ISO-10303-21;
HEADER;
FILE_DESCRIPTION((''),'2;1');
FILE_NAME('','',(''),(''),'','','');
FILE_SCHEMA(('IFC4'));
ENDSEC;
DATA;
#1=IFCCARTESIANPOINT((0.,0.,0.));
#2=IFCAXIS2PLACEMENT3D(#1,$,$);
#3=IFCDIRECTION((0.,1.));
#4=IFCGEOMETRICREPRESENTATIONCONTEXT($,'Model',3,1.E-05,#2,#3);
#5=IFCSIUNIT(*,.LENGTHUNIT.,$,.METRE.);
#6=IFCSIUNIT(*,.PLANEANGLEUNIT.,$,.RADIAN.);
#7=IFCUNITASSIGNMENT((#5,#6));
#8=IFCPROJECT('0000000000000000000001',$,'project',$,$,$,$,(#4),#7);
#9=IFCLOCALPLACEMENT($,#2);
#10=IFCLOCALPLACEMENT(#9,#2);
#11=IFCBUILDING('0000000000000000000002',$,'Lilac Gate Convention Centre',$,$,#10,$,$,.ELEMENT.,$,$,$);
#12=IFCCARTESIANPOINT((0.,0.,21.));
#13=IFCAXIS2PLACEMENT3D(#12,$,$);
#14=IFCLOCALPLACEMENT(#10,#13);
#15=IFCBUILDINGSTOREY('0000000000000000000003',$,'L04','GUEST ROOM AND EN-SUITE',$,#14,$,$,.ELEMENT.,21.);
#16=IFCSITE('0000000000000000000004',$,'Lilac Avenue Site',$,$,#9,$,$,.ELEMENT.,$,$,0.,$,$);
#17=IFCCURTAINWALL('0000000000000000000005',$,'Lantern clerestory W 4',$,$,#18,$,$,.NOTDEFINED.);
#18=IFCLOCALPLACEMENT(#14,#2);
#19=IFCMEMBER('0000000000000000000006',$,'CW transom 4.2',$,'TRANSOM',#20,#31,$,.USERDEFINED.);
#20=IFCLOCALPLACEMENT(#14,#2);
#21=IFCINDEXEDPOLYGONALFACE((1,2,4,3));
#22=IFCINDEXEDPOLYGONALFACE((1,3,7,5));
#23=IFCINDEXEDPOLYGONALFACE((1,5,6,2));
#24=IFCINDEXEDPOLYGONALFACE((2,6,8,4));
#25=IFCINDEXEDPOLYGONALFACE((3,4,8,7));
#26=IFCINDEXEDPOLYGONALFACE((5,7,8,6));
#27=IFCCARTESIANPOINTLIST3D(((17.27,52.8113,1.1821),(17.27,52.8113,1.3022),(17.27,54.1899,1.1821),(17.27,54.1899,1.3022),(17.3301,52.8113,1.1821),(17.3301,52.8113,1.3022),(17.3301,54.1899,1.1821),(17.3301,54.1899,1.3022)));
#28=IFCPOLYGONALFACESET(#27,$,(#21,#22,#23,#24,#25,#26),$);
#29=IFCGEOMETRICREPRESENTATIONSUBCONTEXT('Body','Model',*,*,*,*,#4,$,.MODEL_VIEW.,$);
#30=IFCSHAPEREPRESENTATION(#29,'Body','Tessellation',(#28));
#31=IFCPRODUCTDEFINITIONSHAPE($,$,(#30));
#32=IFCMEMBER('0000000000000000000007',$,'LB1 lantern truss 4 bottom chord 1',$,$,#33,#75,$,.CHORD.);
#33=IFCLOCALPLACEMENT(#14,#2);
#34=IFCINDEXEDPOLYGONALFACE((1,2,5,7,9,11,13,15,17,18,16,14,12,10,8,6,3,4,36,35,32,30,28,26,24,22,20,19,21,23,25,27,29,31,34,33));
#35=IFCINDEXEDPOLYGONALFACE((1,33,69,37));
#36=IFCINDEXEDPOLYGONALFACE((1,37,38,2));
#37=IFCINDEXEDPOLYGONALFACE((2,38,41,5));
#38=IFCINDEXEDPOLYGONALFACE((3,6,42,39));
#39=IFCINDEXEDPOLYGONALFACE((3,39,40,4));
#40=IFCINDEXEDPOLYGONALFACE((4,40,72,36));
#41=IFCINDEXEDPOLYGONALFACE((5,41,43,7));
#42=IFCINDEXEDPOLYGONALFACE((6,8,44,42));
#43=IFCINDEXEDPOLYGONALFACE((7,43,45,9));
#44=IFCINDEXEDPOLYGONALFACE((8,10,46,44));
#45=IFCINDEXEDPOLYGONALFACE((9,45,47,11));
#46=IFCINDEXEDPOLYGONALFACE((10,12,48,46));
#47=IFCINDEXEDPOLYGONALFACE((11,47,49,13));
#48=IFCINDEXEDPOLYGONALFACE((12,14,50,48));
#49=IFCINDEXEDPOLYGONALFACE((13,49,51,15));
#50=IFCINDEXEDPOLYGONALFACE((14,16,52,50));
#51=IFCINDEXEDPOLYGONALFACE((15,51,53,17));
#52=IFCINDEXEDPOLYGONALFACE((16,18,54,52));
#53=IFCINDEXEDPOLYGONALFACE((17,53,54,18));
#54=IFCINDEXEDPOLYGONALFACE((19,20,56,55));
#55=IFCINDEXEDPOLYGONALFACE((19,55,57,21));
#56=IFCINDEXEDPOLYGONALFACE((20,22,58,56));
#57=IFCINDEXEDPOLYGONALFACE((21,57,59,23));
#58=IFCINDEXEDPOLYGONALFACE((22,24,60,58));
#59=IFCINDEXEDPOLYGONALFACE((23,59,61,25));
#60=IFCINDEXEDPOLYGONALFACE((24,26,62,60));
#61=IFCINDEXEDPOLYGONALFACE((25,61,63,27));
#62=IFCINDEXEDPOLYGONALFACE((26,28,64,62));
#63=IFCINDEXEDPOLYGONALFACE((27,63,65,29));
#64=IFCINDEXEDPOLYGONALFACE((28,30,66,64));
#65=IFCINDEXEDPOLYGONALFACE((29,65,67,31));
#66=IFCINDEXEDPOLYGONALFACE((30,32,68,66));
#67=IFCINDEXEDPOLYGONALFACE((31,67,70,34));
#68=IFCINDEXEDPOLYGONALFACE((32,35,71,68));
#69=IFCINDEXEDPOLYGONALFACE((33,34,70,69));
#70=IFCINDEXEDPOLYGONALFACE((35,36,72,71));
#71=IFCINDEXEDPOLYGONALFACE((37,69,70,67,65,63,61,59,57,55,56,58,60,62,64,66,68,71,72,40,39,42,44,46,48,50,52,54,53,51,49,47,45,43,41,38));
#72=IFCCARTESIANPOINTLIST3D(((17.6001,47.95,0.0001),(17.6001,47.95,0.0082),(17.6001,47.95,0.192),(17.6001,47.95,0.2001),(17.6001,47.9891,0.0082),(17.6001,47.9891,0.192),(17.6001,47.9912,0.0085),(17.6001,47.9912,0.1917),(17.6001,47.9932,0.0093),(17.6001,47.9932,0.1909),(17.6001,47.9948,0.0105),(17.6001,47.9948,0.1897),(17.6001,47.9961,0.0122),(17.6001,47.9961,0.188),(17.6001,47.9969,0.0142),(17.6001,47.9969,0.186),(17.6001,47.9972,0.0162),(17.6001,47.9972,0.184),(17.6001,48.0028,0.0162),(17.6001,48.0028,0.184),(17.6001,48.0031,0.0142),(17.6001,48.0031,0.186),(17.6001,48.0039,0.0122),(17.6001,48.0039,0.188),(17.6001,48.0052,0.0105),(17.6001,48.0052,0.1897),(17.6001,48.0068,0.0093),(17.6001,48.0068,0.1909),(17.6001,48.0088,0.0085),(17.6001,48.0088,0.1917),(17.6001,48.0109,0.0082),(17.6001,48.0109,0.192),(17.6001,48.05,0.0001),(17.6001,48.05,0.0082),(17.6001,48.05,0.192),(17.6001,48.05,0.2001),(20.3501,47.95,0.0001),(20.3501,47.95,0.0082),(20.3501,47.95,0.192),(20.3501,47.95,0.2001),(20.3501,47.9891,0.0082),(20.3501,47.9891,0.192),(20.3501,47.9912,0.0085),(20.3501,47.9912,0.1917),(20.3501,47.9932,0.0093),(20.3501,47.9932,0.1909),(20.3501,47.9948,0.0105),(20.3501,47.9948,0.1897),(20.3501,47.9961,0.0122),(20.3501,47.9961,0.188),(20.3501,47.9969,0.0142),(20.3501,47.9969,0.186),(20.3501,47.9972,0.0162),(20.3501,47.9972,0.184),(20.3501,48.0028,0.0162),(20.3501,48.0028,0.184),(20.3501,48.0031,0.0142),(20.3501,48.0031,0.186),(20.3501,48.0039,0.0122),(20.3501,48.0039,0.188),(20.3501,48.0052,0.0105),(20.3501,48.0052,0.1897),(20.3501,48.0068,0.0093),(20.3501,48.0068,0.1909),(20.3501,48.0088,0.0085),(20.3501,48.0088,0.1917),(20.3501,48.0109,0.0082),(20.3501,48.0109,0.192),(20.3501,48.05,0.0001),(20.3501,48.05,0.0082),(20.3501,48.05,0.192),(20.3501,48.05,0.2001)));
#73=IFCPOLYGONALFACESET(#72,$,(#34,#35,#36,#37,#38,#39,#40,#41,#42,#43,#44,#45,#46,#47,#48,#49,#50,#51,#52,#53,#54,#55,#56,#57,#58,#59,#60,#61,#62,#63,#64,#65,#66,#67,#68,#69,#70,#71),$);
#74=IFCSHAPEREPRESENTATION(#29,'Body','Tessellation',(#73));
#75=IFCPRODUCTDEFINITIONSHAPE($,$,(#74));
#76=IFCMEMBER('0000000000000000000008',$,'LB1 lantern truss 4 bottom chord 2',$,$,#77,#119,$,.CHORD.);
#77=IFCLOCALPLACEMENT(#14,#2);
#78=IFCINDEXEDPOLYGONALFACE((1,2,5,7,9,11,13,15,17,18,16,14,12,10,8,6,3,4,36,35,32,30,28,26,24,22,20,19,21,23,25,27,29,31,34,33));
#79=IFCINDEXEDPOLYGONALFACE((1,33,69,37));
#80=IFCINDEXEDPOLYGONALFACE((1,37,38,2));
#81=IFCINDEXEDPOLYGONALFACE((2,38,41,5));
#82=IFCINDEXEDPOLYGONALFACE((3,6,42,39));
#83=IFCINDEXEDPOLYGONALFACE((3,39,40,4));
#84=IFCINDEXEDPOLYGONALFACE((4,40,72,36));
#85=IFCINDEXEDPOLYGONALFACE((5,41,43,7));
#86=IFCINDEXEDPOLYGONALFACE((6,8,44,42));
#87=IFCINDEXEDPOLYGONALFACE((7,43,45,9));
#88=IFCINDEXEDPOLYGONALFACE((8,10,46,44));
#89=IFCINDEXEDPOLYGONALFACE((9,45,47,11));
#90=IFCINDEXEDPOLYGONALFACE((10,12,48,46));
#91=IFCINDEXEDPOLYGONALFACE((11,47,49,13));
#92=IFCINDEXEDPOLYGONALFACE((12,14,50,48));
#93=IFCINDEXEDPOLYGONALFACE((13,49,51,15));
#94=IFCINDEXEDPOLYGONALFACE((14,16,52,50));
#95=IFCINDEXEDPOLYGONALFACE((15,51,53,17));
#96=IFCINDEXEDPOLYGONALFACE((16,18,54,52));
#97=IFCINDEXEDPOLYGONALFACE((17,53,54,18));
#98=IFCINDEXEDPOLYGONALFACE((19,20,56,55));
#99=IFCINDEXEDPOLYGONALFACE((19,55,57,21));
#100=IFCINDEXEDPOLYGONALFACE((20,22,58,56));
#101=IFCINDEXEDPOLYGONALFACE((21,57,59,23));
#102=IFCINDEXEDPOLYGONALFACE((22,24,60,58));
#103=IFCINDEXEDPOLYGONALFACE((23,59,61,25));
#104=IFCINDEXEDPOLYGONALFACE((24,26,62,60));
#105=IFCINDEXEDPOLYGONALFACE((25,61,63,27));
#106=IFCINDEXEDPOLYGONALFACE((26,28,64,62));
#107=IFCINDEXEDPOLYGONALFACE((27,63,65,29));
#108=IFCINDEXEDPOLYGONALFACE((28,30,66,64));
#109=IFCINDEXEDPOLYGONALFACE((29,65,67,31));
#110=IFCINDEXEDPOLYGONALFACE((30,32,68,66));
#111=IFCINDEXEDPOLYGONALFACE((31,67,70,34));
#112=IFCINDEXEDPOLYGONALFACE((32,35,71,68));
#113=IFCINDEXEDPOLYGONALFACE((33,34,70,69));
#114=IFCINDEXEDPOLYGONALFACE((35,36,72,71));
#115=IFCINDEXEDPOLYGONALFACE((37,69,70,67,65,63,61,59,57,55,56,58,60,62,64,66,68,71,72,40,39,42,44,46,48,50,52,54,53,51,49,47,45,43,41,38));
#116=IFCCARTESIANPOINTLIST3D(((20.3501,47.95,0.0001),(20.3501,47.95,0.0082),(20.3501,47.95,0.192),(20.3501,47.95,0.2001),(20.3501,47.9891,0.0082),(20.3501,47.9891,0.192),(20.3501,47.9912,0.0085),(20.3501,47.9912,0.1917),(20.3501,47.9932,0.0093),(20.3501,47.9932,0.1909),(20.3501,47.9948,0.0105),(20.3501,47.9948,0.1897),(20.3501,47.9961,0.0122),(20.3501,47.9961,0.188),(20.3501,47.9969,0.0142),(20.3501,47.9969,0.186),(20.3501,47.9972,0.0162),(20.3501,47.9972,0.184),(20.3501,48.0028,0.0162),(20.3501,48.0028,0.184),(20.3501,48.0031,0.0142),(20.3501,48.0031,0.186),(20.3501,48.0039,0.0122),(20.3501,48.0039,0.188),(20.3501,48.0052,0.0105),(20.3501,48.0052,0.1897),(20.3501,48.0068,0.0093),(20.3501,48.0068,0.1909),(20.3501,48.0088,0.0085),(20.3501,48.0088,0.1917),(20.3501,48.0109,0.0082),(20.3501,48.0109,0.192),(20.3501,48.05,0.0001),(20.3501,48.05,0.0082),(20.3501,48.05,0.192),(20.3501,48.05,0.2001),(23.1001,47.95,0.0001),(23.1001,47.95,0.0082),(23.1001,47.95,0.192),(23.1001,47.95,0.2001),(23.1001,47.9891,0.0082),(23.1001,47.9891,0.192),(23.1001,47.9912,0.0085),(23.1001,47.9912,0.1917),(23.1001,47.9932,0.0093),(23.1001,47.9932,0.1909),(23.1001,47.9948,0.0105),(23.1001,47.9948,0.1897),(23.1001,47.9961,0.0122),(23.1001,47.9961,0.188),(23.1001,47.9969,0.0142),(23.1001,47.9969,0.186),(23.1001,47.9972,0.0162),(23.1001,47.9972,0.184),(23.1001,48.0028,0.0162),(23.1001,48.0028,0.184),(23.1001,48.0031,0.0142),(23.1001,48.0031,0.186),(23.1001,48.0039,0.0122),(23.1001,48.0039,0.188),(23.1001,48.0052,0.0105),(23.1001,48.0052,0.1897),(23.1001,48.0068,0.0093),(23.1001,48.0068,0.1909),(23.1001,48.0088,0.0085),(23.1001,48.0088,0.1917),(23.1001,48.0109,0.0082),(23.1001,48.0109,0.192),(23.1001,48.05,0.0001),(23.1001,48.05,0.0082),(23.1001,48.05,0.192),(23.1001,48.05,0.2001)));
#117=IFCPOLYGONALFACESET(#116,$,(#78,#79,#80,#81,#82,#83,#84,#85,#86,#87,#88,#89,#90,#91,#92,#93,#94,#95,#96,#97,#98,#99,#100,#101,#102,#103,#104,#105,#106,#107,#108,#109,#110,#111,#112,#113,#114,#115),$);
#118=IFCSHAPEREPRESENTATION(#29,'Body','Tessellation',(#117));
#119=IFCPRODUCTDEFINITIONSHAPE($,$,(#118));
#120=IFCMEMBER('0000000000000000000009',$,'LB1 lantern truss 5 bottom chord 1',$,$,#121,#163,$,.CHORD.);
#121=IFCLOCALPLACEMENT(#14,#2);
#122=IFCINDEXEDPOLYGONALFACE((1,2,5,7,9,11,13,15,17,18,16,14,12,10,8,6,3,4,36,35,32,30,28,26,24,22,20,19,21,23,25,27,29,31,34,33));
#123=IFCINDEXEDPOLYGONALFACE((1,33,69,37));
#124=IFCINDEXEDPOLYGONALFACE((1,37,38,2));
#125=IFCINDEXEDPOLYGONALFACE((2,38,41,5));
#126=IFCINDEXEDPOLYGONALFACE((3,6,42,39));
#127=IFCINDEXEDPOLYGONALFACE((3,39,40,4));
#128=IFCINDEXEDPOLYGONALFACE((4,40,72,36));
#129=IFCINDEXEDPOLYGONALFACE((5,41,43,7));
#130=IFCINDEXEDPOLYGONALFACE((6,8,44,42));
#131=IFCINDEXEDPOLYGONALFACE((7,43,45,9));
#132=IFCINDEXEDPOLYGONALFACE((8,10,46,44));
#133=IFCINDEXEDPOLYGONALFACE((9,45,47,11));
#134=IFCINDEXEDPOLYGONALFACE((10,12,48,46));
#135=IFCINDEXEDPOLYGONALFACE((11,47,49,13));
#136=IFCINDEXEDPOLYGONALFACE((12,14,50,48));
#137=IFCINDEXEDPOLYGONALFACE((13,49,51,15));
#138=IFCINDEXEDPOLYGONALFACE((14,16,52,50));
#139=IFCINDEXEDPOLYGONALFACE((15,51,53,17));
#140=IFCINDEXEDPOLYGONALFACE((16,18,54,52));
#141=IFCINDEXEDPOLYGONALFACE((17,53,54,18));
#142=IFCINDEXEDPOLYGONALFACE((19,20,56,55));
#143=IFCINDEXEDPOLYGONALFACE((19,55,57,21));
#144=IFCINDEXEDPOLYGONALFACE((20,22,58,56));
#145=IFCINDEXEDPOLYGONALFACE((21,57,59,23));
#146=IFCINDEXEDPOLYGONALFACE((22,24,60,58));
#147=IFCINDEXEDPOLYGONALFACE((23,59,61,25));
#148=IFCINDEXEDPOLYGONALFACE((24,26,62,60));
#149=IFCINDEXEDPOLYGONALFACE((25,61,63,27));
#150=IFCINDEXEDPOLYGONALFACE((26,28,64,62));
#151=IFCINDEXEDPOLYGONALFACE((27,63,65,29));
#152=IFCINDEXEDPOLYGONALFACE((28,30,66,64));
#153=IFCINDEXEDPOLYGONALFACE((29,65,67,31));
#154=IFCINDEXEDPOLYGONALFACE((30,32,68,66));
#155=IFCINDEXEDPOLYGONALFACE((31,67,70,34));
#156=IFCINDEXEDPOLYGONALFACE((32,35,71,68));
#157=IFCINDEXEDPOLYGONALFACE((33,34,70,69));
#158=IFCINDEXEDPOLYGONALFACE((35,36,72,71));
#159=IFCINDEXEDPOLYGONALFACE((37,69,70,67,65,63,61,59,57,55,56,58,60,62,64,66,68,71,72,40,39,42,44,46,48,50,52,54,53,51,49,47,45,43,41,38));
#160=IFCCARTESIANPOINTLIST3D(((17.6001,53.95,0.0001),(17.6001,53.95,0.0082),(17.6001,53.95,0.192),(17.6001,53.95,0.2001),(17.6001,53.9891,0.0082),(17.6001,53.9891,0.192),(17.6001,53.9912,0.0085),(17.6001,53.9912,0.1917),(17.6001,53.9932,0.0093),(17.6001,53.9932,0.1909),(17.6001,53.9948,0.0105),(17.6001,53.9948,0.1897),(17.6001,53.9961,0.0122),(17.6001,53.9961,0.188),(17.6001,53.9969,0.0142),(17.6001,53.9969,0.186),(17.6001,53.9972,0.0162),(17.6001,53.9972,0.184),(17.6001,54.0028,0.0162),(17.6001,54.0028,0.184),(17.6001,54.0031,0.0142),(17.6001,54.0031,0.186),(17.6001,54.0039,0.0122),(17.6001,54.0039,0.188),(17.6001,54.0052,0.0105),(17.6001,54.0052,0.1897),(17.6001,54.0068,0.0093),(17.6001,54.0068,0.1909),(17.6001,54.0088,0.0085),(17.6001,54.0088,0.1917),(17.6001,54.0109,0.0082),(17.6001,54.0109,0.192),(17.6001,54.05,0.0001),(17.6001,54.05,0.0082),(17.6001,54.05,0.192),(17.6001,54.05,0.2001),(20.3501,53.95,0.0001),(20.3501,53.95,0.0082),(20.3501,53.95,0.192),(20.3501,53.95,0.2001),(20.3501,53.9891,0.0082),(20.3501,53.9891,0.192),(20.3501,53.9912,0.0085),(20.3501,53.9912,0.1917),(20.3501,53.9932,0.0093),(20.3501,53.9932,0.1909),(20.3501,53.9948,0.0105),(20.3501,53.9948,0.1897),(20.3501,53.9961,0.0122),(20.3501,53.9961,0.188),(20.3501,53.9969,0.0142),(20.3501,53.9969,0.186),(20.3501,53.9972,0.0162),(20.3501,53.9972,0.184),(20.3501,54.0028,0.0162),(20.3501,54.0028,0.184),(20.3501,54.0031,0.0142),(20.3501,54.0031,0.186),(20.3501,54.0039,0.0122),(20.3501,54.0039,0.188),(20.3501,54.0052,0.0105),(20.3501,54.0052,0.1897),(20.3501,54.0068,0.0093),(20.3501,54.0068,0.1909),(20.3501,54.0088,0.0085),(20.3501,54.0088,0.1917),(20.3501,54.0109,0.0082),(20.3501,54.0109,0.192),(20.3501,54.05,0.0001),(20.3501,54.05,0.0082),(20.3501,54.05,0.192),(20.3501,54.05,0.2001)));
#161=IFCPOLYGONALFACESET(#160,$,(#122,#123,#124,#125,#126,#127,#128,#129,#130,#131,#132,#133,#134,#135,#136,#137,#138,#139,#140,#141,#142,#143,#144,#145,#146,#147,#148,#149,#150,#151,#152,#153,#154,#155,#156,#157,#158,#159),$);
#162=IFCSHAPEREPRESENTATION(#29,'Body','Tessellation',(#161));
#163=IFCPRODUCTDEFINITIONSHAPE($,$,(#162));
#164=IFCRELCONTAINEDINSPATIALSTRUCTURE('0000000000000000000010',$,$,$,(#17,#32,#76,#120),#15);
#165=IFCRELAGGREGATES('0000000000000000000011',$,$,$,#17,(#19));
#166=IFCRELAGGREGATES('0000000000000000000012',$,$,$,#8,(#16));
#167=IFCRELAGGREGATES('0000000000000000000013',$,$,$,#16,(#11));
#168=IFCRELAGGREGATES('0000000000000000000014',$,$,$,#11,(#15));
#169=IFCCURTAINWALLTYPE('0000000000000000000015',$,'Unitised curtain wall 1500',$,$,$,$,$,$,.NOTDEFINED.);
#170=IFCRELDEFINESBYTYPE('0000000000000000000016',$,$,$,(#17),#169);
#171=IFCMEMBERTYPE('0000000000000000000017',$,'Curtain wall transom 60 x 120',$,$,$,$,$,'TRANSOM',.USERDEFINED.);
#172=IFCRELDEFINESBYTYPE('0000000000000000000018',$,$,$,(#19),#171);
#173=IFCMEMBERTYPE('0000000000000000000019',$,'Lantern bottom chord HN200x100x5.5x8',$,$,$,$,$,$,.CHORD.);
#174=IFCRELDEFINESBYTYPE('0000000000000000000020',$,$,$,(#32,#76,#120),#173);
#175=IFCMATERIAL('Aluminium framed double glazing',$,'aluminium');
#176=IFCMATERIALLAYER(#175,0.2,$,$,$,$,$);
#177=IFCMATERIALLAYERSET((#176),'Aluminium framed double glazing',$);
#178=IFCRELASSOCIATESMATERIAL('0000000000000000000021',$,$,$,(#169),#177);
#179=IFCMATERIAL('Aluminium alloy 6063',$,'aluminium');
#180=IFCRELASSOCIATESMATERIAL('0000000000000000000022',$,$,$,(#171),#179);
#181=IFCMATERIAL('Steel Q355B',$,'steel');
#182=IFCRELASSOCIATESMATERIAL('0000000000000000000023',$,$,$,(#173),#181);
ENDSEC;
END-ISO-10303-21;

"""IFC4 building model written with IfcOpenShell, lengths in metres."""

from ifc_helpers import new_model, si_unit, direction, frame, origin, origin_2d, place, context, subcontext, project, spatial, rectangle, i_section, extrude, material, layer, layer_set, material_profile, profile_set, type_object, element, aggregate, save


model = new_model("IFC4")

# Units and contexts
model_context = context("Model", 3, precision=1e-05, world=origin(), true_north=direction((0.0, 1.0)))
body_context = subcontext(model_context, "Body", "Model", "MODEL_VIEW")
ifc_project = project(units=[si_unit("LENGTHUNIT", "METRE"), si_unit("PLANEANGLEUNIT", "RADIAN")], contexts=[model_context])

# Site, building, storey
site_placement = place(None, origin())
site = spatial("IfcSite", under=ifc_project, at=site_placement, Name="Lilac Avenue Site", CompositionType="ELEMENT", RefElevation=0.0)
building_placement = place(site_placement, origin())
building = spatial("IfcBuilding", under=site, at=building_placement, Name="Lilac Gate Convention Centre", CompositionType="ELEMENT")
storey_placement = place(building_placement, frame((0.0, 0.0, 21.0)))
storey = spatial("IfcBuildingStorey", under=building, at=storey_placement, Name="L04", Description="GUEST ROOM AND EN-SUITE", CompositionType="ELEMENT", Elevation=21.0)

# Curtain wall
ifc_material_1 = material(Name="Aluminium framed double glazing", Category="aluminium")
ifc_layer_1 = layer(ifc_material_1, 0.2)
ifc_layer_set_1 = layer_set([ifc_layer_1], Name="Aluminium framed double glazing")
curtain_wall_type = type_object("IfcCurtainWallType", Name="Unitised curtain wall 1500", PredefinedType="NOTDEFINED", material=ifc_layer_set_1)
ifc_material_2 = material(Name="Aluminium alloy 6063", Category="aluminium")
curtain_wall_1_placement = place(storey_placement, origin())
curtain_wall_1 = element("IfcCurtainWall", 1, at=curtain_wall_1_placement, inside=storey, type_object=curtain_wall_type, Name="Lantern clerestory W 4", PredefinedType="NOTDEFINED")

# Member
ifc_material_profile_1 = material_profile(ifc_material_2, rectangle(XDim=0.0601, YDim=0.1201, at=origin_2d()), Name="Curtain wall transom 60 x 120")
ifc_profile_set_1 = profile_set([ifc_material_profile_1], Name="Aluminium alloy 6063")
member_type_1 = type_object("IfcMemberType", Name="Curtain wall transom 60 x 120", ElementType="TRANSOM", PredefinedType="USERDEFINED", material=ifc_profile_set_1)
member_1_placement = place(storey_placement, frame((17.3, 52.8113, 1.2422), z_axis=(0.0, 1.0, 0.0), x_axis=(-1.0, 0.0, 0.0)))
member_1 = element("IfcMember", 2, at=member_1_placement, type_object=member_type_1, Name="CW transom 4.2", ObjectType="TRANSOM", PredefinedType="USERDEFINED", context=body_context, shape_type="SweptSolid", body=[
    extrude(rectangle(XDim=0.0601, YDim=0.1201, at=origin_2d()), origin(), (0.0, 0.0, 1.0), 1.3787),
])

# Members
ifc_material_3 = material(Name="Steel Q355B", Category="steel")
ifc_material_profile_2 = material_profile(ifc_material_3, i_section(OverallWidth=0.1001, OverallDepth=0.2, WebThickness=0.0056, FlangeThickness=0.0081, FilletRadius=0.0081, at=origin_2d()), Name="HN200x100x5.5x8")
ifc_profile_set_2 = profile_set([ifc_material_profile_2], Name="Steel Q355B")
member_type_2 = type_object("IfcMemberType", Name="Lantern bottom chord HN200x100x5.5x8", PredefinedType="CHORD", material=ifc_profile_set_2)
for number, where, z_axis, x_axis, name in (
    (3, (17.6001, 48.0, 0.1001), (1.0, 0.0, 0.0), (0.0, 1.0, 0.0), "LB1 lantern truss 4 bottom chord 1"),
    (4, (20.3501, 48.0, 0.1001), (1.0, 0.0, 0.0), (0.0, 1.0, 0.0), "LB1 lantern truss 4 bottom chord 2"),
    (5, (17.6001, 54.0, 0.1001), (1.0, 0.0, 0.0), (0.0, 1.0, 0.0), "LB1 lantern truss 5 bottom chord 1"),
):
    element("IfcMember", number, at=place(storey_placement, frame(where, z_axis=z_axis, x_axis=x_axis)), inside=storey, type_object=member_type_2, Name=name, PredefinedType="CHORD", context=body_context, shape_type="SweptSolid", body=[
        extrude(i_section(OverallWidth=0.1001, OverallDepth=0.2, WebThickness=0.0056, FlangeThickness=0.0081, FilletRadius=0.0081, at=origin_2d()), origin(), (0.0, 0.0, 1.0), 2.75),
    ])

aggregate(curtain_wall_1, [member_1])

save(model, "model.ifc")
